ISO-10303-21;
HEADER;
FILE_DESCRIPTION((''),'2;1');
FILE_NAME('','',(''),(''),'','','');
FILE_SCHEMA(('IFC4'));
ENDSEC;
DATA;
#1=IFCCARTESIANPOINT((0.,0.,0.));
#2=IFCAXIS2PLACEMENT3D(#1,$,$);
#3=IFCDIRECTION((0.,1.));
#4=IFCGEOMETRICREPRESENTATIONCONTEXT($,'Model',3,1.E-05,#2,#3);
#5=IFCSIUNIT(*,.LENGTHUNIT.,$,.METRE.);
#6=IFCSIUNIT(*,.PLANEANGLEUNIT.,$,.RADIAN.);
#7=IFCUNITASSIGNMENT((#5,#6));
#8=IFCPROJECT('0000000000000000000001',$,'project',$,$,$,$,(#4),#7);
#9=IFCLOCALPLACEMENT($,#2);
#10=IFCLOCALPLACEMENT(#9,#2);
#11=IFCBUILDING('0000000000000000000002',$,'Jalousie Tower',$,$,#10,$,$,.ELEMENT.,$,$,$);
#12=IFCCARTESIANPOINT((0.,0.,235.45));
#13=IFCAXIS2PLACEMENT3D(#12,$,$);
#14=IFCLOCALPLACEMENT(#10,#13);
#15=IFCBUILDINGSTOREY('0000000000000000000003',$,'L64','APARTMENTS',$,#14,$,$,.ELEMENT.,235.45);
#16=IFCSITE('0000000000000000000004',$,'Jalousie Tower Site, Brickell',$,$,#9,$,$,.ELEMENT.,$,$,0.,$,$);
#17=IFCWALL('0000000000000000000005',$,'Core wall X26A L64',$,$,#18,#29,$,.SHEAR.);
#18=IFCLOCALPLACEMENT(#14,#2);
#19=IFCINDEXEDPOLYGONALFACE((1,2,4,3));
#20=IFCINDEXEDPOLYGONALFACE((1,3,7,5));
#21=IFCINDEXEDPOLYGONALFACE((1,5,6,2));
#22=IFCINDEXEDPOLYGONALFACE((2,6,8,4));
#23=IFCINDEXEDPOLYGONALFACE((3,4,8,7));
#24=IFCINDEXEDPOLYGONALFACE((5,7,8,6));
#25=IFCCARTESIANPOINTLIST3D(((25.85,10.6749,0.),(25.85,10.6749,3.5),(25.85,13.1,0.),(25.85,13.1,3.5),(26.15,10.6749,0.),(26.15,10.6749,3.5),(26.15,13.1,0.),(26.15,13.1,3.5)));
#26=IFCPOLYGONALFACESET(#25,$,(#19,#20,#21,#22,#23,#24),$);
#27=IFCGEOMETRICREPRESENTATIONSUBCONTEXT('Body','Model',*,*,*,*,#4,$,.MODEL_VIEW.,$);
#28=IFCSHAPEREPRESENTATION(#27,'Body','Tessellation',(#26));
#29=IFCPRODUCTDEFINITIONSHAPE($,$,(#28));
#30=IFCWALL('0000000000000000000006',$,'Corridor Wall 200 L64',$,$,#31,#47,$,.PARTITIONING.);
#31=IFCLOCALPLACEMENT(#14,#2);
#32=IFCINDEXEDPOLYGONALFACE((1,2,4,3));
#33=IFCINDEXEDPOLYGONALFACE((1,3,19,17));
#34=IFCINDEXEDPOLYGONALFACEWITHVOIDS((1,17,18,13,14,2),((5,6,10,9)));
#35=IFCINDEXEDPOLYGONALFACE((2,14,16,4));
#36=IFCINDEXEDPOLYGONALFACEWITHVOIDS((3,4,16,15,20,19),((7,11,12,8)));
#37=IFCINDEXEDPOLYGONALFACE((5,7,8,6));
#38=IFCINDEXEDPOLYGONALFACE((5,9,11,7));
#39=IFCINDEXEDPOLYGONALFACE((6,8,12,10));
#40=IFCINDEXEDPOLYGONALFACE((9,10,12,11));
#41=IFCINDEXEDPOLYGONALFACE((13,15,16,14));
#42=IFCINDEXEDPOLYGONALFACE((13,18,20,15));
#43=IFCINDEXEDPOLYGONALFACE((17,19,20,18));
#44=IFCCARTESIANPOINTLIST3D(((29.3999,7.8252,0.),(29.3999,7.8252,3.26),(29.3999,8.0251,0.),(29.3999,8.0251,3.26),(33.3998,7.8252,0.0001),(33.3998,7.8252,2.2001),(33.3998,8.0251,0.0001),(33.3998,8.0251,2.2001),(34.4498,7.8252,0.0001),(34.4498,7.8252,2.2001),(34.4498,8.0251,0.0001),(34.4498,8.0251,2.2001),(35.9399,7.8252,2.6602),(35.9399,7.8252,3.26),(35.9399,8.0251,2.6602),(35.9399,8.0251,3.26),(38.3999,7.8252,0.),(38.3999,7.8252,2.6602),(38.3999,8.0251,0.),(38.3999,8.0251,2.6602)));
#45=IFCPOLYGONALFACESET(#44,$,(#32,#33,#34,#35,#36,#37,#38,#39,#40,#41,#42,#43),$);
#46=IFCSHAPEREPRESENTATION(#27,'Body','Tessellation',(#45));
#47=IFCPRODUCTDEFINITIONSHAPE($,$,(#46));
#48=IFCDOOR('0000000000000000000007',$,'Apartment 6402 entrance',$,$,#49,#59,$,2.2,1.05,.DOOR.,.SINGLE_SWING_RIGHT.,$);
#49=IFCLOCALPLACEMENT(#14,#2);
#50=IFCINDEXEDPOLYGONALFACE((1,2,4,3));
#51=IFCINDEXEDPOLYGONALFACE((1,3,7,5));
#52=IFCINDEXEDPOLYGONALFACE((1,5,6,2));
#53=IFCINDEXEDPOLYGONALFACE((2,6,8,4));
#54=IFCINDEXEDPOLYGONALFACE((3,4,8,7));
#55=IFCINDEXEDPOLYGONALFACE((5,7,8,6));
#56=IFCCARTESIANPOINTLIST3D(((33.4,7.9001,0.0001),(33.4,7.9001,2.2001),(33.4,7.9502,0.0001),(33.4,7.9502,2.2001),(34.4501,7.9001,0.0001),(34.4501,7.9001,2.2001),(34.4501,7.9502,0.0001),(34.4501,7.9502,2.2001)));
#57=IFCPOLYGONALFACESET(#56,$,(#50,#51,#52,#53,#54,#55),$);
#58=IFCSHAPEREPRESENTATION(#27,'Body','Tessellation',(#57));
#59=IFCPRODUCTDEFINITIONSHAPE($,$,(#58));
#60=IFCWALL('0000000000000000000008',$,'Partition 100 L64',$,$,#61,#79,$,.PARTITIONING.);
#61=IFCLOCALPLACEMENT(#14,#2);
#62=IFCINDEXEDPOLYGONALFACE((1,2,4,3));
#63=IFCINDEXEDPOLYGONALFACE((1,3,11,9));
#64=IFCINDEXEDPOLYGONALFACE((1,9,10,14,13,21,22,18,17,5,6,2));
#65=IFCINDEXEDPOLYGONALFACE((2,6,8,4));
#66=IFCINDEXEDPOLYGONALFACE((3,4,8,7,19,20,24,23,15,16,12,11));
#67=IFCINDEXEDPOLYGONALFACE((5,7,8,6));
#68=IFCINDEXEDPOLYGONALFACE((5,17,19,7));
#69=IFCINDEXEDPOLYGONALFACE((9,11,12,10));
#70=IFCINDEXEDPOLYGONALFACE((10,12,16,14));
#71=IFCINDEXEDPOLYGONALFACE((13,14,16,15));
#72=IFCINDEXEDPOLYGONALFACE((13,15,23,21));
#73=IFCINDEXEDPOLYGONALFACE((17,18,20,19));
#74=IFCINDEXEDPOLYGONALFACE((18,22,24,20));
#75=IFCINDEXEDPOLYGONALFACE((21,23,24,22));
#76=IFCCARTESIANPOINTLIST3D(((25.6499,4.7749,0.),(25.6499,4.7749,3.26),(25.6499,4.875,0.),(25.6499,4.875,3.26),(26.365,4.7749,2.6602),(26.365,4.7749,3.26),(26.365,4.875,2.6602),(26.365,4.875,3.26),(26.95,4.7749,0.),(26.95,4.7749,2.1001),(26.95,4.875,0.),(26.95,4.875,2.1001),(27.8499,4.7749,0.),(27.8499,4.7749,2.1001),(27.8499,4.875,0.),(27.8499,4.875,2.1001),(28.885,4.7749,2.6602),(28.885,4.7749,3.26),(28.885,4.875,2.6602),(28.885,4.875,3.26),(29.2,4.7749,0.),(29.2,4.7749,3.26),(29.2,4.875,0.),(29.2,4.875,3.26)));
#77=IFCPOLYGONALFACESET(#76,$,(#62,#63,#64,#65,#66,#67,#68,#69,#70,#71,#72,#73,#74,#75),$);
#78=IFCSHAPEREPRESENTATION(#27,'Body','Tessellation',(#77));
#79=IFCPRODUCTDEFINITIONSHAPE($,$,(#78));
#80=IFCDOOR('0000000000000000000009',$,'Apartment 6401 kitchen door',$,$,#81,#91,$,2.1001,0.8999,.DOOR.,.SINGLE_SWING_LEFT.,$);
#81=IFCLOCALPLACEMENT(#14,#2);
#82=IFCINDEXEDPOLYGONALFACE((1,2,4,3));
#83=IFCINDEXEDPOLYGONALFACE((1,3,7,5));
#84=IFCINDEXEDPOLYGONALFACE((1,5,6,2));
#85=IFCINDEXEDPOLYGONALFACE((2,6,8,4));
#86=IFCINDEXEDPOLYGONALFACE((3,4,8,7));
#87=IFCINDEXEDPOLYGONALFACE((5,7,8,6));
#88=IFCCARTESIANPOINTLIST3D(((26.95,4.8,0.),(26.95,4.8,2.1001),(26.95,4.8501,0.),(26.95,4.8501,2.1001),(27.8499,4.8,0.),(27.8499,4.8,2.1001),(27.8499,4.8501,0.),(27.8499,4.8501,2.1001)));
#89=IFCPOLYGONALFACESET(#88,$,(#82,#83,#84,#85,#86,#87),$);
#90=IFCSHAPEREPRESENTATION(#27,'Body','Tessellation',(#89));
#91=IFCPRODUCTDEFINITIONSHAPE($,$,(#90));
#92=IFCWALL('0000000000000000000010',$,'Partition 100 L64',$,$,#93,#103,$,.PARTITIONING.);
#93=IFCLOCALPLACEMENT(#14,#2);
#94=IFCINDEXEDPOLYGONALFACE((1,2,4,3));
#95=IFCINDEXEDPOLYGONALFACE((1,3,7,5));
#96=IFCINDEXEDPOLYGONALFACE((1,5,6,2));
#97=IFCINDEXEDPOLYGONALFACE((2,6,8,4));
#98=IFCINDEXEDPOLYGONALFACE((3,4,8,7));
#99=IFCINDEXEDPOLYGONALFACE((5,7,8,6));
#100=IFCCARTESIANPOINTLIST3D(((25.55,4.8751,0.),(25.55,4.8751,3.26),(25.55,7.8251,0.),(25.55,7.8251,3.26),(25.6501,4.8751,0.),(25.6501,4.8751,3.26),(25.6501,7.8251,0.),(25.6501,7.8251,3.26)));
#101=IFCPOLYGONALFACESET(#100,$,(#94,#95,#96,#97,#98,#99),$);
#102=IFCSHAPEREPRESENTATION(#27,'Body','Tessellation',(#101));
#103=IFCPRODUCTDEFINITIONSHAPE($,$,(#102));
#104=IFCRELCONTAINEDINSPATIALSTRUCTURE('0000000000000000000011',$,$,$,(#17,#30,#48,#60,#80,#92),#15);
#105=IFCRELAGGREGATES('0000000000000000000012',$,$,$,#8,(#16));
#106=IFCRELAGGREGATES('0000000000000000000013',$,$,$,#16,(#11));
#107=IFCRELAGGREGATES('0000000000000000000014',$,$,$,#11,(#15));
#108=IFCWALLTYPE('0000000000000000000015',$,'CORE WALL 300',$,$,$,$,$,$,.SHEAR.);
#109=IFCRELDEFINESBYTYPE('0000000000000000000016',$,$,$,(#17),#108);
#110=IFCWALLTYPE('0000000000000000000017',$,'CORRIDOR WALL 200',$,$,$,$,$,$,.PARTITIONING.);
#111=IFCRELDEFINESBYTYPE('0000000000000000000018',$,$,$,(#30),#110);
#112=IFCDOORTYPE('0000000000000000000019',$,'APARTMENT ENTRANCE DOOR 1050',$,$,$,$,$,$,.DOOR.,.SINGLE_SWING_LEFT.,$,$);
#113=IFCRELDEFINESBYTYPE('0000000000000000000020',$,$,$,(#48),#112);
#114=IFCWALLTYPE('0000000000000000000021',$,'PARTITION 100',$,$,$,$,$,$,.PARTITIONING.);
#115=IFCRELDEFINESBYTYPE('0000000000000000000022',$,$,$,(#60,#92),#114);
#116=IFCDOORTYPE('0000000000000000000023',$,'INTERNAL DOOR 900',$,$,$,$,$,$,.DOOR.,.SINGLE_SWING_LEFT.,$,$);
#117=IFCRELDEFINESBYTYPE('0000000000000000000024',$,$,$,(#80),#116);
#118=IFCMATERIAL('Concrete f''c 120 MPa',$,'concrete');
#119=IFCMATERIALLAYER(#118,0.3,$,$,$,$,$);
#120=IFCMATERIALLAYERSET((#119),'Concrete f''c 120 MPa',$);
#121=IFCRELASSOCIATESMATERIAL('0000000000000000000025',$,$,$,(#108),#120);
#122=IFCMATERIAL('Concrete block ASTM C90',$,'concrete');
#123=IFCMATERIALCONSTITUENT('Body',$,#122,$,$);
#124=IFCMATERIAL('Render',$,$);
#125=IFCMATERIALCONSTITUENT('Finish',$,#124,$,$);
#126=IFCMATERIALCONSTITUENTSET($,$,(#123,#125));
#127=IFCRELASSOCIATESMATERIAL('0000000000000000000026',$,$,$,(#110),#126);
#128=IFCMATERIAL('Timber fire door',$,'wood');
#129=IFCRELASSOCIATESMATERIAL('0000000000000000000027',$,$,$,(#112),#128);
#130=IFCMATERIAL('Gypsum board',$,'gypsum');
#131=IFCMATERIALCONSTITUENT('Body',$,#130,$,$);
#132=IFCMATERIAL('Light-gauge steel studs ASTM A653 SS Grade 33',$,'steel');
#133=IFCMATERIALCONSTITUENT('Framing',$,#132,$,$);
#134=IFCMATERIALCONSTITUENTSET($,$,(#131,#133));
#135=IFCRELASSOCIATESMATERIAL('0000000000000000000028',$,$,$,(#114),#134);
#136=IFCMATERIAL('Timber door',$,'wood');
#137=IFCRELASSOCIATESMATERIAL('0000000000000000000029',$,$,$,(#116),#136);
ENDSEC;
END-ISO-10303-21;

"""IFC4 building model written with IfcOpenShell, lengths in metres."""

from ifc_helpers import new_model, si_unit, direction, frame, frame_2d, origin, place, context, subcontext, project, spatial, polyline, rectangle, outline, extrude, material, layer, layer_set, constituent, constituent_set, type_object, element, fill, save


model = new_model("IFC4")

# Units and contexts
model_context = context("Model", 3, precision=1e-05, world=origin(), true_north=direction((0.0, 1.0)))
body_context = subcontext(model_context, "Body", "Model", "MODEL_VIEW")
ifc_project = project(units=[si_unit("LENGTHUNIT", "METRE"), si_unit("PLANEANGLEUNIT", "RADIAN")], contexts=[model_context])

# Site, building, storey
site_placement = place(None, origin())
site = spatial("IfcSite", under=ifc_project, at=site_placement, Name="Jalousie Tower Site, Brickell", CompositionType="ELEMENT", RefElevation=0.0)
building_placement = place(site_placement, origin())
building = spatial("IfcBuilding", under=site, at=building_placement, Name="Jalousie Tower", CompositionType="ELEMENT")
storey_placement = place(building_placement, frame((0.0, 0.0, 235.45)))
storey = spatial("IfcBuildingStorey", under=building, at=storey_placement, Name="L64", Description="APARTMENTS", CompositionType="ELEMENT", Elevation=235.45)

# Wall
ifc_material_1 = material(Name="Concrete f'c 120 MPa", Category="concrete")
ifc_layer_1 = layer(ifc_material_1, 0.3)
ifc_layer_set_1 = layer_set([ifc_layer_1], Name="Concrete f'c 120 MPa")
wall_type_1 = type_object("IfcWallType", Name="CORE WALL 300", PredefinedType="SHEAR", material=ifc_layer_set_1)
wall_1_placement = place(storey_placement, frame((26.0, 10.675, 0.0), z_axis=(0.0, 0.0, 1.0), x_axis=(0.0, 1.0, 0.0)))
element("IfcWall", 1, at=wall_1_placement, inside=storey, type_object=wall_type_1, Name="Core wall X26A L64", PredefinedType="SHEAR", context=body_context, shape_type="SweptSolid", body=[
    extrude(rectangle(XDim=2.425, YDim=0.3, at=frame_2d((1.2124, 0.0))), origin(), (0.0, 0.0, 1.0), 3.5),
])

# Walls, openings, doors
ifc_material_2 = material(Name="Concrete block ASTM C90", Category="concrete")
ifc_constituent_1 = constituent(ifc_material_2, Name="Body")
ifc_material_3 = material(Name="Render")
ifc_constituent_2 = constituent(ifc_material_3, Name="Finish")
ifc_constituent_set_1 = constituent_set(constituents=[ifc_constituent_1, ifc_constituent_2])
wall_type_2 = type_object("IfcWallType", Name="CORRIDOR WALL 200", PredefinedType="PARTITIONING", material=ifc_constituent_set_1)
wall_2_placement = place(storey_placement, frame((29.3999, 7.925, 0.0), z_axis=(0.0, 0.0, 1.0), x_axis=(1.0, 0.0, 0.0)))
wall_2 = element("IfcWall", 2, at=wall_2_placement, inside=storey, type_object=wall_type_2, Name="Corridor Wall 200 L64", PredefinedType="PARTITIONING", context=body_context, shape_type="SweptSolid", body=[
    extrude(outline(polyline([(0.0, 0.0), (9.0, 0.0), (9.0, 3.26), (9.0, 2.6602), (6.54, 2.6602), (6.54, 3.26), (0.0, 3.26), (0.0, 0.0)])), frame((0.0, 0.1001, 0.0), z_axis=(0.0, -1.0, 0.0), x_axis=(1.0, 0.0, 0.0)), (0.0, 0.0, 1.0), 0.2),
])
opening_1_placement = place(wall_2_placement, frame((4.0, 0.0, 0.0)))
opening_1 = element("IfcOpeningElement", 3, at=opening_1_placement, cuts=wall_2, PredefinedType="OPENING", context=body_context, shape_type="SweptSolid", body=[
    extrude(rectangle(XDim=1.05, YDim=2.2, at=frame_2d((0.5249, 1.1001))), frame((0.0, 0.1099, 0.0), z_axis=(0.0, -1.0, 0.0), x_axis=(1.0, 0.0, 0.0)), (0.0, 0.0, 1.0), 0.22),
])
ifc_material_4 = material(Name="Timber fire door", Category="wood")
door_type_1 = type_object("IfcDoorType", Name="APARTMENT ENTRANCE DOOR 1050", OperationType="SINGLE_SWING_LEFT", PredefinedType="DOOR", material=ifc_material_4)
door_1_placement = place(opening_1_placement, frame((1.05, 0.0, 0.0), z_axis=(0.0, 0.0, 1.0), x_axis=(-1.0, 0.0, 0.0)))
door_1 = element("IfcDoor", 4, at=door_1_placement, inside=storey, type_object=door_type_1, Name="Apartment 6402 entrance", OperationType="SINGLE_SWING_RIGHT", OverallHeight=2.2, OverallWidth=1.05, PredefinedType="DOOR", context=body_context, shape_type="SweptSolid", body=[
    extrude(rectangle(XDim=1.05, YDim=2.2, at=frame_2d((0.5249, 1.1001))), frame((0.0, 0.0249, 0.0), z_axis=(0.0, -1.0, 0.0), x_axis=(1.0, 0.0, 0.0)), (0.0, 0.0, 1.0), 0.05),
])
fill(opening_1, door_1)
ifc_material_5 = material(Name="Gypsum board", Category="gypsum")
ifc_constituent_3 = constituent(ifc_material_5, Name="Body")
ifc_material_6 = material(Name="Light-gauge steel studs ASTM A653 SS Grade 33", Category="steel")
ifc_constituent_4 = constituent(ifc_material_6, Name="Framing")
ifc_constituent_set_2 = constituent_set(constituents=[ifc_constituent_3, ifc_constituent_4])
wall_type_3 = type_object("IfcWallType", Name="PARTITION 100", PredefinedType="PARTITIONING", material=ifc_constituent_set_2)
wall_3_placement = place(storey_placement, frame((25.6499, 4.825, 0.0), z_axis=(0.0, 0.0, 1.0), x_axis=(1.0, 0.0, 0.0)))
wall_3 = element("IfcWall", 5, at=wall_3_placement, inside=storey, type_object=wall_type_3, Name="Partition 100 L64", PredefinedType="PARTITIONING", context=body_context, shape_type="SweptSolid", body=[
    extrude(outline(polyline([(0.0, 0.0), (3.55, 0.0), (3.55, 3.26), (3.2351, 3.26), (3.2351, 2.6602), (0.7151, 2.6602), (0.7151, 3.26), (0.0, 3.26), (0.0, 0.0)])), frame((0.0, 0.05, 0.0), z_axis=(0.0, -1.0, 0.0), x_axis=(1.0, 0.0, 0.0)), (0.0, 0.0, 1.0), 0.1001),
])
opening_2_placement = place(wall_3_placement, frame((1.3, 0.0, 0.0)))
opening_2 = element("IfcOpeningElement", 6, at=opening_2_placement, cuts=wall_3, PredefinedType="OPENING", context=body_context, shape_type="SweptSolid", body=[
    extrude(rectangle(XDim=0.8999, YDim=2.1001, at=frame_2d((0.45, 1.05))), frame((0.0, 0.0601, 0.0), z_axis=(0.0, -1.0, 0.0), x_axis=(1.0, 0.0, 0.0)), (0.0, 0.0, 1.0), 0.1201),
])
ifc_material_7 = material(Name="Timber door", Category="wood")
door_type_2 = type_object("IfcDoorType", Name="INTERNAL DOOR 900", OperationType="SINGLE_SWING_LEFT", PredefinedType="DOOR", material=ifc_material_7)
door_2_placement = place(opening_2_placement, frame((0.8999, 0.0, 0.0), z_axis=(0.0, 0.0, 1.0), x_axis=(-1.0, 0.0, 0.0)))
door_2 = element("IfcDoor", 7, at=door_2_placement, inside=storey, type_object=door_type_2, Name="Apartment 6401 kitchen door", OperationType="SINGLE_SWING_LEFT", OverallHeight=2.1001, OverallWidth=0.8999, PredefinedType="DOOR", context=body_context, shape_type="SweptSolid", body=[
    extrude(rectangle(XDim=0.8999, YDim=2.1001, at=frame_2d((0.45, 1.05))), frame((0.0, 0.0249, 0.0), z_axis=(0.0, -1.0, 0.0), x_axis=(1.0, 0.0, 0.0)), (0.0, 0.0, 1.0), 0.05),
])
fill(opening_2, door_2)

# Wall
wall_4_placement = place(storey_placement, frame((25.6001, 4.875, 0.0), z_axis=(0.0, 0.0, 1.0), x_axis=(0.0, 1.0, 0.0)))
element("IfcWall", 8, at=wall_4_placement, inside=storey, type_object=wall_type_3, Name="Partition 100 L64", PredefinedType="PARTITIONING", context=body_context, shape_type="SweptSolid", body=[
    extrude(rectangle(XDim=2.95, YDim=0.1001, at=frame_2d((1.4751, 0.0))), origin(), (0.0, 0.0, 1.0), 3.26),
])

save(model, "model.ifc")
